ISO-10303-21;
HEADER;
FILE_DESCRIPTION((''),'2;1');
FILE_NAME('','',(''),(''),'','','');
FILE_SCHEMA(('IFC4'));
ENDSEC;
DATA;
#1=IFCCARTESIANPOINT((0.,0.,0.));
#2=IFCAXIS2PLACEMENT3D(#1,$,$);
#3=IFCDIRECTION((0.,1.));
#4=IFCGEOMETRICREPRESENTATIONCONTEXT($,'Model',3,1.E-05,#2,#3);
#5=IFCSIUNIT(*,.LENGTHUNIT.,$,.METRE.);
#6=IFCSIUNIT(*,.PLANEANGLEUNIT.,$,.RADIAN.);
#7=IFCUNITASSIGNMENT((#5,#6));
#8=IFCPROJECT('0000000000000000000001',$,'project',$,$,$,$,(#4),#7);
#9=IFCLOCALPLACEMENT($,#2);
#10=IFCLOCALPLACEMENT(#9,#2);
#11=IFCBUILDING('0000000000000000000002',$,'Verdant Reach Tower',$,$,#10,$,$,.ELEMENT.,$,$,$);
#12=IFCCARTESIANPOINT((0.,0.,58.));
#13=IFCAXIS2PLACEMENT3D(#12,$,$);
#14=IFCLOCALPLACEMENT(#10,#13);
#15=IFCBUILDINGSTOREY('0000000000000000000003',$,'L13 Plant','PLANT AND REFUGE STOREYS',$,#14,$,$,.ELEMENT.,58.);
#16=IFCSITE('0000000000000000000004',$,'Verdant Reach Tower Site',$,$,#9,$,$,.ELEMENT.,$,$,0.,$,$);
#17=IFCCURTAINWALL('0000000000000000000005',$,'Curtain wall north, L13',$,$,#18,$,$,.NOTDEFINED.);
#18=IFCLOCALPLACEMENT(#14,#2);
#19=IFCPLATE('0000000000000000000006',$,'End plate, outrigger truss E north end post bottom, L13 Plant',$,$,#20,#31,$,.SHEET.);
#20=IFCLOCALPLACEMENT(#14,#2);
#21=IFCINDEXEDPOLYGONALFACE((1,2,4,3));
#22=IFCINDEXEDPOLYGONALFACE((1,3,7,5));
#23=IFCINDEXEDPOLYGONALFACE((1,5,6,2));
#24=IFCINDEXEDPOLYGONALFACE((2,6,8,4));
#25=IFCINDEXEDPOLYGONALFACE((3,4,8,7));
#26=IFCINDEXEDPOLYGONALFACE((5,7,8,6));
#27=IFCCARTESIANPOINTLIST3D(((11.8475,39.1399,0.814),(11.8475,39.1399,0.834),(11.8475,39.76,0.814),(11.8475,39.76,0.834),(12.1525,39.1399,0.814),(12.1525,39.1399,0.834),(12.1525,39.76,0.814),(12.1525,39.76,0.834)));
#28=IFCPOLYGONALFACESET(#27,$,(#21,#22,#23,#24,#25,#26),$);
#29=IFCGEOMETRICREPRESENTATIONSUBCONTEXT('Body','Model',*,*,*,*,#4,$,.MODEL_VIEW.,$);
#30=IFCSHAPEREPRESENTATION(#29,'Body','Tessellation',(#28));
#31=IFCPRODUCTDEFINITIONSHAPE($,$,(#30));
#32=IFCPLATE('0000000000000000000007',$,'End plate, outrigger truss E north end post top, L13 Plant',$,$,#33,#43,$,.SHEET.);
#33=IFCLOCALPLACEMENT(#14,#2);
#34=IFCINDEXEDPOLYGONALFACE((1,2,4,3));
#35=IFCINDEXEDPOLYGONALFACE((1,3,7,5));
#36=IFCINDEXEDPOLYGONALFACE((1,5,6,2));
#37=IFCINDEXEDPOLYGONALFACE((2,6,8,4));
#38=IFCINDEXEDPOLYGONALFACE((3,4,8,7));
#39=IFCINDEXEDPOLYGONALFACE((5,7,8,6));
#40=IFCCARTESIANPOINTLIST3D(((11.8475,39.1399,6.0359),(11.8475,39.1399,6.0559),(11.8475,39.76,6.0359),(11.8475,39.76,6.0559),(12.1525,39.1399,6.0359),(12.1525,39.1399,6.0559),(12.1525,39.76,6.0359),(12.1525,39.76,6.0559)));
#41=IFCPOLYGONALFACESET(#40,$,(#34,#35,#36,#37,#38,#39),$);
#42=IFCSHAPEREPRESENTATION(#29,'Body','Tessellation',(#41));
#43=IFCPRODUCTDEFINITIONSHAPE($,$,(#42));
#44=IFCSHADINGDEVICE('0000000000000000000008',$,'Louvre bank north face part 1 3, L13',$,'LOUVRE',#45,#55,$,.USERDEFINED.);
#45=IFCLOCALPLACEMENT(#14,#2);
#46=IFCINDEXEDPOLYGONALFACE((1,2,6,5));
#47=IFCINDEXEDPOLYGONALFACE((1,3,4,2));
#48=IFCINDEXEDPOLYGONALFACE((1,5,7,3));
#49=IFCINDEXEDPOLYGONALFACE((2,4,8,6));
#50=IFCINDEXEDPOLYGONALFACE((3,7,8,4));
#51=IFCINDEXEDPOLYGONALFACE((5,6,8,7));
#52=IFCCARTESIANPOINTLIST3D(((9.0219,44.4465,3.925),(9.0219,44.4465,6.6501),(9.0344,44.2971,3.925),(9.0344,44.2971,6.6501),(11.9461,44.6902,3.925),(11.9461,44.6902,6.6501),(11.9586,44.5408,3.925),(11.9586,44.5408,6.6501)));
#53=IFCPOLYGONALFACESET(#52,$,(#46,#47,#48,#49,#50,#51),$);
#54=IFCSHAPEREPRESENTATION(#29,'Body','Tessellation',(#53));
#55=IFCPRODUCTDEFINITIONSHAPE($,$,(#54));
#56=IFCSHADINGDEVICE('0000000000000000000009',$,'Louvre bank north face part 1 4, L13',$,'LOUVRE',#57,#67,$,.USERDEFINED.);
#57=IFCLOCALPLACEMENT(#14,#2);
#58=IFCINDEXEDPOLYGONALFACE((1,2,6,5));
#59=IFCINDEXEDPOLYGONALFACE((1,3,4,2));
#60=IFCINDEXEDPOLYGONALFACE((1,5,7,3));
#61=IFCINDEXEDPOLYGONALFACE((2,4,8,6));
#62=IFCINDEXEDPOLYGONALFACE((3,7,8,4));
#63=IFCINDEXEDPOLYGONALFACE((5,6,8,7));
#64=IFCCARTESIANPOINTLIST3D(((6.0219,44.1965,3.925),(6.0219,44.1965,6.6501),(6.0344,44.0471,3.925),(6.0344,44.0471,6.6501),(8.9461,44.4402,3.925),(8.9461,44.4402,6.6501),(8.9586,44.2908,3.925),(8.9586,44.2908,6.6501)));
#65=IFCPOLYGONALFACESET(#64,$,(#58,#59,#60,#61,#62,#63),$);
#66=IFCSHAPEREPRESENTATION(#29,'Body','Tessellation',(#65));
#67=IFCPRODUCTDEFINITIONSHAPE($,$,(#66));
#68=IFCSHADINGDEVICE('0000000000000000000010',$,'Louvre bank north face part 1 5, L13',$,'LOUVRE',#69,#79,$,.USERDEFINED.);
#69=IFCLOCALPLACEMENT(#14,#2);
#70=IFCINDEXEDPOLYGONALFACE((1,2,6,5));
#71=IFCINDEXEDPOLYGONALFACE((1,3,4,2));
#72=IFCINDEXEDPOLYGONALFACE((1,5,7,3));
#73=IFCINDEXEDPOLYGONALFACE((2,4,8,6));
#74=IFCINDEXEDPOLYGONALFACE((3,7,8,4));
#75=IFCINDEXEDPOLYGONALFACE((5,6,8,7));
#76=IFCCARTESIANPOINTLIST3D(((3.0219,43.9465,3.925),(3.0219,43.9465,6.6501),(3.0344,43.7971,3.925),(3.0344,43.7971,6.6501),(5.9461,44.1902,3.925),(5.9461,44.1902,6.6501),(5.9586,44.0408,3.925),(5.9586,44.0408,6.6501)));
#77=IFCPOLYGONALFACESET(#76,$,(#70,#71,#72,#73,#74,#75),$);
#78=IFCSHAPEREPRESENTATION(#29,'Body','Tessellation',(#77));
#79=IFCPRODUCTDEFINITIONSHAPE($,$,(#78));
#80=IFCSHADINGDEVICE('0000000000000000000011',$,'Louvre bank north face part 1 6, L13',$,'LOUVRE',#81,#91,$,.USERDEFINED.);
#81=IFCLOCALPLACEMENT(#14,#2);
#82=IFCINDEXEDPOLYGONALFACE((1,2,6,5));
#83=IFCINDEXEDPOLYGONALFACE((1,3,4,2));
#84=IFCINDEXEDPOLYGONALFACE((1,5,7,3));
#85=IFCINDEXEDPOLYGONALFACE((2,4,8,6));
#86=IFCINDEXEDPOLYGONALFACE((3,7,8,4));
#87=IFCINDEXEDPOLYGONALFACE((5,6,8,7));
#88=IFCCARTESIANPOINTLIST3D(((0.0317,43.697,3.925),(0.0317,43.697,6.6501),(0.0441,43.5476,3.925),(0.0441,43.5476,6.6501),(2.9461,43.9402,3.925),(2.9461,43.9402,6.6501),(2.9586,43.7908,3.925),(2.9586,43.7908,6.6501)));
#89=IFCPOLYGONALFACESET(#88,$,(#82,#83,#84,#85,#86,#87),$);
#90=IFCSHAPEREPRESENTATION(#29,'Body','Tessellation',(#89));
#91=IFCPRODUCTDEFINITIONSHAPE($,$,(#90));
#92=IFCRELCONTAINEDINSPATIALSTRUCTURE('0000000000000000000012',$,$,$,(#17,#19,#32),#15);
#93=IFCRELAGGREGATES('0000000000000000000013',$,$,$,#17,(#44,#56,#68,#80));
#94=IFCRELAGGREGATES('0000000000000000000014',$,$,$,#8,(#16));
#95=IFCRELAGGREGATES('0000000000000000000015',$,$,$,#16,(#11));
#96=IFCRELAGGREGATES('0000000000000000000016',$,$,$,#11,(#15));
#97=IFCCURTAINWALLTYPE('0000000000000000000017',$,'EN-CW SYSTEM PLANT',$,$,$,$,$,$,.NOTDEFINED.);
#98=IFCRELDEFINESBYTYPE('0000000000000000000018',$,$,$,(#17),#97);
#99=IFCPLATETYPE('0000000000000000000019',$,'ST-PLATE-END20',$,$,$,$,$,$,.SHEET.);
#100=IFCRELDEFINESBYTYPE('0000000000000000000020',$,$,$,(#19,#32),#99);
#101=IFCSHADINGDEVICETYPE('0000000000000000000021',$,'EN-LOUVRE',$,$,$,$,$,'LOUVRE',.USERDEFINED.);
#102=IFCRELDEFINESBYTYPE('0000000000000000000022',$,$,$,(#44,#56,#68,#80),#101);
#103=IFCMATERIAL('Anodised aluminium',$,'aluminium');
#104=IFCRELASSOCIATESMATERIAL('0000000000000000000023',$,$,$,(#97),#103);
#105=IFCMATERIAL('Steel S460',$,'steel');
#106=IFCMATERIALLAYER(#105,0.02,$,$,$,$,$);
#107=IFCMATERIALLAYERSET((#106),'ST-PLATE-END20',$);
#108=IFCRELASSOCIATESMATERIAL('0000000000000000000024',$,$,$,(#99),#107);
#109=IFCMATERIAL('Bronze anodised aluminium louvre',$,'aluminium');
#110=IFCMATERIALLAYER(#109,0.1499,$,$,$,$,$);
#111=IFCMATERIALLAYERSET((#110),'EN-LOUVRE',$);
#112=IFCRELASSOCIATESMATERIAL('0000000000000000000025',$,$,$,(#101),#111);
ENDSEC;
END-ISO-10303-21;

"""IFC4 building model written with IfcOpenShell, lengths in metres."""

from ifc_helpers import new_model, si_unit, direction, frame, origin, origin_2d, place, context, subcontext, project, spatial, rectangle, extrude, material, layer, layer_set, type_object, element, aggregate, save


model = new_model("IFC4")

# Units and contexts
model_context = context("Model", 3, precision=1e-05, world=origin(), true_north=direction((0.0, 1.0)))
body_context = subcontext(model_context, "Body", "Model", "MODEL_VIEW")
ifc_project = project(units=[si_unit("LENGTHUNIT", "METRE"), si_unit("PLANEANGLEUNIT", "RADIAN")], contexts=[model_context])

# Site, building, storey
site_placement = place(None, origin())
site = spatial("IfcSite", under=ifc_project, at=site_placement, Name="Verdant Reach Tower Site", CompositionType="ELEMENT", RefElevation=0.0)
building_placement = place(site_placement, origin())
building = spatial("IfcBuilding", under=site, at=building_placement, Name="Verdant Reach Tower", CompositionType="ELEMENT")
storey_placement = place(building_placement, frame((0.0, 0.0, 58.0)))
storey = spatial("IfcBuildingStorey", under=building, at=storey_placement, Name="L13 Plant", Description="PLANT AND REFUGE STOREYS", CompositionType="ELEMENT", Elevation=58.0)

# Shared definitions
ifc_material_1 = material(Name="Steel S460", Category="steel")

# Curtain wall
ifc_material_2 = material(Name="Anodised aluminium", Category="aluminium")
curtain_wall_type = type_object("IfcCurtainWallType", Name="EN-CW SYSTEM PLANT", PredefinedType="NOTDEFINED", material=ifc_material_2)
curtain_wall_placement = place(storey_placement, origin())
curtain_wall = element("IfcCurtainWall", 1, at=curtain_wall_placement, inside=storey, type_object=curtain_wall_type, Name="Curtain wall north, L13", PredefinedType="NOTDEFINED")

# Plates
ifc_layer_1 = layer(ifc_material_1, 0.02)
ifc_layer_set_1 = layer_set([ifc_layer_1], Name="ST-PLATE-END20")
plate_type_1 = type_object("IfcPlateType", Name="ST-PLATE-END20", PredefinedType="SHEET", material=ifc_layer_set_1)
for number, where, z_axis, x_axis, name in (
    (2, (12.0, 39.45, 0.814), (0.0, 0.0, 1.0), (1.0, 0.0, 0.0), "End plate, outrigger truss E north end post bottom, L13 Plant"),
    (3, (12.0, 39.45, 6.0359), (0.0, 0.0, 1.0), (1.0, 0.0, 0.0), "End plate, outrigger truss E north end post top, L13 Plant"),
):
    element("IfcPlate", number, at=place(storey_placement, frame(where, z_axis=z_axis, x_axis=x_axis)), inside=storey, type_object=plate_type_1, Name=name, PredefinedType="SHEET", context=body_context, shape_type="SweptSolid", body=[
        extrude(rectangle(XDim=0.3049, YDim=0.6201, at=origin_2d()), origin(), (0.0, 0.0, 1.0), 0.02),
    ])

# Shading devices
ifc_material_3 = material(Name="Bronze anodised aluminium louvre", Category="aluminium")
ifc_layer_2 = layer(ifc_material_3, 0.1499)
ifc_layer_set_2 = layer_set([ifc_layer_2], Name="EN-LOUVRE")
shading_device_type = type_object("IfcShadingDeviceType", Name="EN-LOUVRE", ElementType="LOUVRE", PredefinedType="USERDEFINED", material=ifc_layer_set_2)
shading_device_1_placement = place(storey_placement, frame((10.4902, 44.4937, 3.925), z_axis=(0.0, 0.0, 1.0), x_axis=(-0.996546, -0.083045, 0.0)))
shading_device_1 = element("IfcShadingDevice", 4, at=shading_device_1_placement, type_object=shading_device_type, Name="Louvre bank north face part 1 3, L13", ObjectType="LOUVRE", PredefinedType="USERDEFINED", context=body_context, shape_type="SweptSolid", body=[
    extrude(rectangle(XDim=2.9343, YDim=0.1499, at=origin_2d()), origin(), (0.0, 0.0, 1.0), 2.7251),
])
shading_device_2_placement = place(storey_placement, frame((7.4902, 44.2437, 3.925), z_axis=(0.0, 0.0, 1.0), x_axis=(-0.996546, -0.083045, 0.0)))
shading_device_2 = element("IfcShadingDevice", 5, at=shading_device_2_placement, type_object=shading_device_type, Name="Louvre bank north face part 1 4, L13", ObjectType="LOUVRE", PredefinedType="USERDEFINED", context=body_context, shape_type="SweptSolid", body=[
    extrude(rectangle(XDim=2.9343, YDim=0.1499, at=origin_2d()), origin(), (0.0, 0.0, 1.0), 2.7251),
])
shading_device_3_placement = place(storey_placement, frame((4.4902, 43.9937, 3.925), z_axis=(0.0, 0.0, 1.0), x_axis=(-0.996546, -0.083045, 0.0)))
shading_device_3 = element("IfcShadingDevice", 6, at=shading_device_3_placement, type_object=shading_device_type, Name="Louvre bank north face part 1 5, L13", ObjectType="LOUVRE", PredefinedType="USERDEFINED", context=body_context, shape_type="SweptSolid", body=[
    extrude(rectangle(XDim=2.9343, YDim=0.1499, at=origin_2d()), origin(), (0.0, 0.0, 1.0), 2.7251),
])
shading_device_4_placement = place(storey_placement, frame((1.4951, 43.7439, 3.925), z_axis=(0.0, 0.0, 1.0), x_axis=(-0.996534, -0.083182, 0.0)))
shading_device_4 = element("IfcShadingDevice", 7, at=shading_device_4_placement, type_object=shading_device_type, Name="Louvre bank north face part 1 6, L13", ObjectType="LOUVRE", PredefinedType="USERDEFINED", context=body_context, shape_type="SweptSolid", body=[
    extrude(rectangle(XDim=2.9246, YDim=0.1499, at=origin_2d()), origin(), (0.0, 0.0, 1.0), 2.7251),
])
aggregate(curtain_wall, [shading_device_1, shading_device_2, shading_device_3, shading_device_4])

save(model, "model.ifc")
